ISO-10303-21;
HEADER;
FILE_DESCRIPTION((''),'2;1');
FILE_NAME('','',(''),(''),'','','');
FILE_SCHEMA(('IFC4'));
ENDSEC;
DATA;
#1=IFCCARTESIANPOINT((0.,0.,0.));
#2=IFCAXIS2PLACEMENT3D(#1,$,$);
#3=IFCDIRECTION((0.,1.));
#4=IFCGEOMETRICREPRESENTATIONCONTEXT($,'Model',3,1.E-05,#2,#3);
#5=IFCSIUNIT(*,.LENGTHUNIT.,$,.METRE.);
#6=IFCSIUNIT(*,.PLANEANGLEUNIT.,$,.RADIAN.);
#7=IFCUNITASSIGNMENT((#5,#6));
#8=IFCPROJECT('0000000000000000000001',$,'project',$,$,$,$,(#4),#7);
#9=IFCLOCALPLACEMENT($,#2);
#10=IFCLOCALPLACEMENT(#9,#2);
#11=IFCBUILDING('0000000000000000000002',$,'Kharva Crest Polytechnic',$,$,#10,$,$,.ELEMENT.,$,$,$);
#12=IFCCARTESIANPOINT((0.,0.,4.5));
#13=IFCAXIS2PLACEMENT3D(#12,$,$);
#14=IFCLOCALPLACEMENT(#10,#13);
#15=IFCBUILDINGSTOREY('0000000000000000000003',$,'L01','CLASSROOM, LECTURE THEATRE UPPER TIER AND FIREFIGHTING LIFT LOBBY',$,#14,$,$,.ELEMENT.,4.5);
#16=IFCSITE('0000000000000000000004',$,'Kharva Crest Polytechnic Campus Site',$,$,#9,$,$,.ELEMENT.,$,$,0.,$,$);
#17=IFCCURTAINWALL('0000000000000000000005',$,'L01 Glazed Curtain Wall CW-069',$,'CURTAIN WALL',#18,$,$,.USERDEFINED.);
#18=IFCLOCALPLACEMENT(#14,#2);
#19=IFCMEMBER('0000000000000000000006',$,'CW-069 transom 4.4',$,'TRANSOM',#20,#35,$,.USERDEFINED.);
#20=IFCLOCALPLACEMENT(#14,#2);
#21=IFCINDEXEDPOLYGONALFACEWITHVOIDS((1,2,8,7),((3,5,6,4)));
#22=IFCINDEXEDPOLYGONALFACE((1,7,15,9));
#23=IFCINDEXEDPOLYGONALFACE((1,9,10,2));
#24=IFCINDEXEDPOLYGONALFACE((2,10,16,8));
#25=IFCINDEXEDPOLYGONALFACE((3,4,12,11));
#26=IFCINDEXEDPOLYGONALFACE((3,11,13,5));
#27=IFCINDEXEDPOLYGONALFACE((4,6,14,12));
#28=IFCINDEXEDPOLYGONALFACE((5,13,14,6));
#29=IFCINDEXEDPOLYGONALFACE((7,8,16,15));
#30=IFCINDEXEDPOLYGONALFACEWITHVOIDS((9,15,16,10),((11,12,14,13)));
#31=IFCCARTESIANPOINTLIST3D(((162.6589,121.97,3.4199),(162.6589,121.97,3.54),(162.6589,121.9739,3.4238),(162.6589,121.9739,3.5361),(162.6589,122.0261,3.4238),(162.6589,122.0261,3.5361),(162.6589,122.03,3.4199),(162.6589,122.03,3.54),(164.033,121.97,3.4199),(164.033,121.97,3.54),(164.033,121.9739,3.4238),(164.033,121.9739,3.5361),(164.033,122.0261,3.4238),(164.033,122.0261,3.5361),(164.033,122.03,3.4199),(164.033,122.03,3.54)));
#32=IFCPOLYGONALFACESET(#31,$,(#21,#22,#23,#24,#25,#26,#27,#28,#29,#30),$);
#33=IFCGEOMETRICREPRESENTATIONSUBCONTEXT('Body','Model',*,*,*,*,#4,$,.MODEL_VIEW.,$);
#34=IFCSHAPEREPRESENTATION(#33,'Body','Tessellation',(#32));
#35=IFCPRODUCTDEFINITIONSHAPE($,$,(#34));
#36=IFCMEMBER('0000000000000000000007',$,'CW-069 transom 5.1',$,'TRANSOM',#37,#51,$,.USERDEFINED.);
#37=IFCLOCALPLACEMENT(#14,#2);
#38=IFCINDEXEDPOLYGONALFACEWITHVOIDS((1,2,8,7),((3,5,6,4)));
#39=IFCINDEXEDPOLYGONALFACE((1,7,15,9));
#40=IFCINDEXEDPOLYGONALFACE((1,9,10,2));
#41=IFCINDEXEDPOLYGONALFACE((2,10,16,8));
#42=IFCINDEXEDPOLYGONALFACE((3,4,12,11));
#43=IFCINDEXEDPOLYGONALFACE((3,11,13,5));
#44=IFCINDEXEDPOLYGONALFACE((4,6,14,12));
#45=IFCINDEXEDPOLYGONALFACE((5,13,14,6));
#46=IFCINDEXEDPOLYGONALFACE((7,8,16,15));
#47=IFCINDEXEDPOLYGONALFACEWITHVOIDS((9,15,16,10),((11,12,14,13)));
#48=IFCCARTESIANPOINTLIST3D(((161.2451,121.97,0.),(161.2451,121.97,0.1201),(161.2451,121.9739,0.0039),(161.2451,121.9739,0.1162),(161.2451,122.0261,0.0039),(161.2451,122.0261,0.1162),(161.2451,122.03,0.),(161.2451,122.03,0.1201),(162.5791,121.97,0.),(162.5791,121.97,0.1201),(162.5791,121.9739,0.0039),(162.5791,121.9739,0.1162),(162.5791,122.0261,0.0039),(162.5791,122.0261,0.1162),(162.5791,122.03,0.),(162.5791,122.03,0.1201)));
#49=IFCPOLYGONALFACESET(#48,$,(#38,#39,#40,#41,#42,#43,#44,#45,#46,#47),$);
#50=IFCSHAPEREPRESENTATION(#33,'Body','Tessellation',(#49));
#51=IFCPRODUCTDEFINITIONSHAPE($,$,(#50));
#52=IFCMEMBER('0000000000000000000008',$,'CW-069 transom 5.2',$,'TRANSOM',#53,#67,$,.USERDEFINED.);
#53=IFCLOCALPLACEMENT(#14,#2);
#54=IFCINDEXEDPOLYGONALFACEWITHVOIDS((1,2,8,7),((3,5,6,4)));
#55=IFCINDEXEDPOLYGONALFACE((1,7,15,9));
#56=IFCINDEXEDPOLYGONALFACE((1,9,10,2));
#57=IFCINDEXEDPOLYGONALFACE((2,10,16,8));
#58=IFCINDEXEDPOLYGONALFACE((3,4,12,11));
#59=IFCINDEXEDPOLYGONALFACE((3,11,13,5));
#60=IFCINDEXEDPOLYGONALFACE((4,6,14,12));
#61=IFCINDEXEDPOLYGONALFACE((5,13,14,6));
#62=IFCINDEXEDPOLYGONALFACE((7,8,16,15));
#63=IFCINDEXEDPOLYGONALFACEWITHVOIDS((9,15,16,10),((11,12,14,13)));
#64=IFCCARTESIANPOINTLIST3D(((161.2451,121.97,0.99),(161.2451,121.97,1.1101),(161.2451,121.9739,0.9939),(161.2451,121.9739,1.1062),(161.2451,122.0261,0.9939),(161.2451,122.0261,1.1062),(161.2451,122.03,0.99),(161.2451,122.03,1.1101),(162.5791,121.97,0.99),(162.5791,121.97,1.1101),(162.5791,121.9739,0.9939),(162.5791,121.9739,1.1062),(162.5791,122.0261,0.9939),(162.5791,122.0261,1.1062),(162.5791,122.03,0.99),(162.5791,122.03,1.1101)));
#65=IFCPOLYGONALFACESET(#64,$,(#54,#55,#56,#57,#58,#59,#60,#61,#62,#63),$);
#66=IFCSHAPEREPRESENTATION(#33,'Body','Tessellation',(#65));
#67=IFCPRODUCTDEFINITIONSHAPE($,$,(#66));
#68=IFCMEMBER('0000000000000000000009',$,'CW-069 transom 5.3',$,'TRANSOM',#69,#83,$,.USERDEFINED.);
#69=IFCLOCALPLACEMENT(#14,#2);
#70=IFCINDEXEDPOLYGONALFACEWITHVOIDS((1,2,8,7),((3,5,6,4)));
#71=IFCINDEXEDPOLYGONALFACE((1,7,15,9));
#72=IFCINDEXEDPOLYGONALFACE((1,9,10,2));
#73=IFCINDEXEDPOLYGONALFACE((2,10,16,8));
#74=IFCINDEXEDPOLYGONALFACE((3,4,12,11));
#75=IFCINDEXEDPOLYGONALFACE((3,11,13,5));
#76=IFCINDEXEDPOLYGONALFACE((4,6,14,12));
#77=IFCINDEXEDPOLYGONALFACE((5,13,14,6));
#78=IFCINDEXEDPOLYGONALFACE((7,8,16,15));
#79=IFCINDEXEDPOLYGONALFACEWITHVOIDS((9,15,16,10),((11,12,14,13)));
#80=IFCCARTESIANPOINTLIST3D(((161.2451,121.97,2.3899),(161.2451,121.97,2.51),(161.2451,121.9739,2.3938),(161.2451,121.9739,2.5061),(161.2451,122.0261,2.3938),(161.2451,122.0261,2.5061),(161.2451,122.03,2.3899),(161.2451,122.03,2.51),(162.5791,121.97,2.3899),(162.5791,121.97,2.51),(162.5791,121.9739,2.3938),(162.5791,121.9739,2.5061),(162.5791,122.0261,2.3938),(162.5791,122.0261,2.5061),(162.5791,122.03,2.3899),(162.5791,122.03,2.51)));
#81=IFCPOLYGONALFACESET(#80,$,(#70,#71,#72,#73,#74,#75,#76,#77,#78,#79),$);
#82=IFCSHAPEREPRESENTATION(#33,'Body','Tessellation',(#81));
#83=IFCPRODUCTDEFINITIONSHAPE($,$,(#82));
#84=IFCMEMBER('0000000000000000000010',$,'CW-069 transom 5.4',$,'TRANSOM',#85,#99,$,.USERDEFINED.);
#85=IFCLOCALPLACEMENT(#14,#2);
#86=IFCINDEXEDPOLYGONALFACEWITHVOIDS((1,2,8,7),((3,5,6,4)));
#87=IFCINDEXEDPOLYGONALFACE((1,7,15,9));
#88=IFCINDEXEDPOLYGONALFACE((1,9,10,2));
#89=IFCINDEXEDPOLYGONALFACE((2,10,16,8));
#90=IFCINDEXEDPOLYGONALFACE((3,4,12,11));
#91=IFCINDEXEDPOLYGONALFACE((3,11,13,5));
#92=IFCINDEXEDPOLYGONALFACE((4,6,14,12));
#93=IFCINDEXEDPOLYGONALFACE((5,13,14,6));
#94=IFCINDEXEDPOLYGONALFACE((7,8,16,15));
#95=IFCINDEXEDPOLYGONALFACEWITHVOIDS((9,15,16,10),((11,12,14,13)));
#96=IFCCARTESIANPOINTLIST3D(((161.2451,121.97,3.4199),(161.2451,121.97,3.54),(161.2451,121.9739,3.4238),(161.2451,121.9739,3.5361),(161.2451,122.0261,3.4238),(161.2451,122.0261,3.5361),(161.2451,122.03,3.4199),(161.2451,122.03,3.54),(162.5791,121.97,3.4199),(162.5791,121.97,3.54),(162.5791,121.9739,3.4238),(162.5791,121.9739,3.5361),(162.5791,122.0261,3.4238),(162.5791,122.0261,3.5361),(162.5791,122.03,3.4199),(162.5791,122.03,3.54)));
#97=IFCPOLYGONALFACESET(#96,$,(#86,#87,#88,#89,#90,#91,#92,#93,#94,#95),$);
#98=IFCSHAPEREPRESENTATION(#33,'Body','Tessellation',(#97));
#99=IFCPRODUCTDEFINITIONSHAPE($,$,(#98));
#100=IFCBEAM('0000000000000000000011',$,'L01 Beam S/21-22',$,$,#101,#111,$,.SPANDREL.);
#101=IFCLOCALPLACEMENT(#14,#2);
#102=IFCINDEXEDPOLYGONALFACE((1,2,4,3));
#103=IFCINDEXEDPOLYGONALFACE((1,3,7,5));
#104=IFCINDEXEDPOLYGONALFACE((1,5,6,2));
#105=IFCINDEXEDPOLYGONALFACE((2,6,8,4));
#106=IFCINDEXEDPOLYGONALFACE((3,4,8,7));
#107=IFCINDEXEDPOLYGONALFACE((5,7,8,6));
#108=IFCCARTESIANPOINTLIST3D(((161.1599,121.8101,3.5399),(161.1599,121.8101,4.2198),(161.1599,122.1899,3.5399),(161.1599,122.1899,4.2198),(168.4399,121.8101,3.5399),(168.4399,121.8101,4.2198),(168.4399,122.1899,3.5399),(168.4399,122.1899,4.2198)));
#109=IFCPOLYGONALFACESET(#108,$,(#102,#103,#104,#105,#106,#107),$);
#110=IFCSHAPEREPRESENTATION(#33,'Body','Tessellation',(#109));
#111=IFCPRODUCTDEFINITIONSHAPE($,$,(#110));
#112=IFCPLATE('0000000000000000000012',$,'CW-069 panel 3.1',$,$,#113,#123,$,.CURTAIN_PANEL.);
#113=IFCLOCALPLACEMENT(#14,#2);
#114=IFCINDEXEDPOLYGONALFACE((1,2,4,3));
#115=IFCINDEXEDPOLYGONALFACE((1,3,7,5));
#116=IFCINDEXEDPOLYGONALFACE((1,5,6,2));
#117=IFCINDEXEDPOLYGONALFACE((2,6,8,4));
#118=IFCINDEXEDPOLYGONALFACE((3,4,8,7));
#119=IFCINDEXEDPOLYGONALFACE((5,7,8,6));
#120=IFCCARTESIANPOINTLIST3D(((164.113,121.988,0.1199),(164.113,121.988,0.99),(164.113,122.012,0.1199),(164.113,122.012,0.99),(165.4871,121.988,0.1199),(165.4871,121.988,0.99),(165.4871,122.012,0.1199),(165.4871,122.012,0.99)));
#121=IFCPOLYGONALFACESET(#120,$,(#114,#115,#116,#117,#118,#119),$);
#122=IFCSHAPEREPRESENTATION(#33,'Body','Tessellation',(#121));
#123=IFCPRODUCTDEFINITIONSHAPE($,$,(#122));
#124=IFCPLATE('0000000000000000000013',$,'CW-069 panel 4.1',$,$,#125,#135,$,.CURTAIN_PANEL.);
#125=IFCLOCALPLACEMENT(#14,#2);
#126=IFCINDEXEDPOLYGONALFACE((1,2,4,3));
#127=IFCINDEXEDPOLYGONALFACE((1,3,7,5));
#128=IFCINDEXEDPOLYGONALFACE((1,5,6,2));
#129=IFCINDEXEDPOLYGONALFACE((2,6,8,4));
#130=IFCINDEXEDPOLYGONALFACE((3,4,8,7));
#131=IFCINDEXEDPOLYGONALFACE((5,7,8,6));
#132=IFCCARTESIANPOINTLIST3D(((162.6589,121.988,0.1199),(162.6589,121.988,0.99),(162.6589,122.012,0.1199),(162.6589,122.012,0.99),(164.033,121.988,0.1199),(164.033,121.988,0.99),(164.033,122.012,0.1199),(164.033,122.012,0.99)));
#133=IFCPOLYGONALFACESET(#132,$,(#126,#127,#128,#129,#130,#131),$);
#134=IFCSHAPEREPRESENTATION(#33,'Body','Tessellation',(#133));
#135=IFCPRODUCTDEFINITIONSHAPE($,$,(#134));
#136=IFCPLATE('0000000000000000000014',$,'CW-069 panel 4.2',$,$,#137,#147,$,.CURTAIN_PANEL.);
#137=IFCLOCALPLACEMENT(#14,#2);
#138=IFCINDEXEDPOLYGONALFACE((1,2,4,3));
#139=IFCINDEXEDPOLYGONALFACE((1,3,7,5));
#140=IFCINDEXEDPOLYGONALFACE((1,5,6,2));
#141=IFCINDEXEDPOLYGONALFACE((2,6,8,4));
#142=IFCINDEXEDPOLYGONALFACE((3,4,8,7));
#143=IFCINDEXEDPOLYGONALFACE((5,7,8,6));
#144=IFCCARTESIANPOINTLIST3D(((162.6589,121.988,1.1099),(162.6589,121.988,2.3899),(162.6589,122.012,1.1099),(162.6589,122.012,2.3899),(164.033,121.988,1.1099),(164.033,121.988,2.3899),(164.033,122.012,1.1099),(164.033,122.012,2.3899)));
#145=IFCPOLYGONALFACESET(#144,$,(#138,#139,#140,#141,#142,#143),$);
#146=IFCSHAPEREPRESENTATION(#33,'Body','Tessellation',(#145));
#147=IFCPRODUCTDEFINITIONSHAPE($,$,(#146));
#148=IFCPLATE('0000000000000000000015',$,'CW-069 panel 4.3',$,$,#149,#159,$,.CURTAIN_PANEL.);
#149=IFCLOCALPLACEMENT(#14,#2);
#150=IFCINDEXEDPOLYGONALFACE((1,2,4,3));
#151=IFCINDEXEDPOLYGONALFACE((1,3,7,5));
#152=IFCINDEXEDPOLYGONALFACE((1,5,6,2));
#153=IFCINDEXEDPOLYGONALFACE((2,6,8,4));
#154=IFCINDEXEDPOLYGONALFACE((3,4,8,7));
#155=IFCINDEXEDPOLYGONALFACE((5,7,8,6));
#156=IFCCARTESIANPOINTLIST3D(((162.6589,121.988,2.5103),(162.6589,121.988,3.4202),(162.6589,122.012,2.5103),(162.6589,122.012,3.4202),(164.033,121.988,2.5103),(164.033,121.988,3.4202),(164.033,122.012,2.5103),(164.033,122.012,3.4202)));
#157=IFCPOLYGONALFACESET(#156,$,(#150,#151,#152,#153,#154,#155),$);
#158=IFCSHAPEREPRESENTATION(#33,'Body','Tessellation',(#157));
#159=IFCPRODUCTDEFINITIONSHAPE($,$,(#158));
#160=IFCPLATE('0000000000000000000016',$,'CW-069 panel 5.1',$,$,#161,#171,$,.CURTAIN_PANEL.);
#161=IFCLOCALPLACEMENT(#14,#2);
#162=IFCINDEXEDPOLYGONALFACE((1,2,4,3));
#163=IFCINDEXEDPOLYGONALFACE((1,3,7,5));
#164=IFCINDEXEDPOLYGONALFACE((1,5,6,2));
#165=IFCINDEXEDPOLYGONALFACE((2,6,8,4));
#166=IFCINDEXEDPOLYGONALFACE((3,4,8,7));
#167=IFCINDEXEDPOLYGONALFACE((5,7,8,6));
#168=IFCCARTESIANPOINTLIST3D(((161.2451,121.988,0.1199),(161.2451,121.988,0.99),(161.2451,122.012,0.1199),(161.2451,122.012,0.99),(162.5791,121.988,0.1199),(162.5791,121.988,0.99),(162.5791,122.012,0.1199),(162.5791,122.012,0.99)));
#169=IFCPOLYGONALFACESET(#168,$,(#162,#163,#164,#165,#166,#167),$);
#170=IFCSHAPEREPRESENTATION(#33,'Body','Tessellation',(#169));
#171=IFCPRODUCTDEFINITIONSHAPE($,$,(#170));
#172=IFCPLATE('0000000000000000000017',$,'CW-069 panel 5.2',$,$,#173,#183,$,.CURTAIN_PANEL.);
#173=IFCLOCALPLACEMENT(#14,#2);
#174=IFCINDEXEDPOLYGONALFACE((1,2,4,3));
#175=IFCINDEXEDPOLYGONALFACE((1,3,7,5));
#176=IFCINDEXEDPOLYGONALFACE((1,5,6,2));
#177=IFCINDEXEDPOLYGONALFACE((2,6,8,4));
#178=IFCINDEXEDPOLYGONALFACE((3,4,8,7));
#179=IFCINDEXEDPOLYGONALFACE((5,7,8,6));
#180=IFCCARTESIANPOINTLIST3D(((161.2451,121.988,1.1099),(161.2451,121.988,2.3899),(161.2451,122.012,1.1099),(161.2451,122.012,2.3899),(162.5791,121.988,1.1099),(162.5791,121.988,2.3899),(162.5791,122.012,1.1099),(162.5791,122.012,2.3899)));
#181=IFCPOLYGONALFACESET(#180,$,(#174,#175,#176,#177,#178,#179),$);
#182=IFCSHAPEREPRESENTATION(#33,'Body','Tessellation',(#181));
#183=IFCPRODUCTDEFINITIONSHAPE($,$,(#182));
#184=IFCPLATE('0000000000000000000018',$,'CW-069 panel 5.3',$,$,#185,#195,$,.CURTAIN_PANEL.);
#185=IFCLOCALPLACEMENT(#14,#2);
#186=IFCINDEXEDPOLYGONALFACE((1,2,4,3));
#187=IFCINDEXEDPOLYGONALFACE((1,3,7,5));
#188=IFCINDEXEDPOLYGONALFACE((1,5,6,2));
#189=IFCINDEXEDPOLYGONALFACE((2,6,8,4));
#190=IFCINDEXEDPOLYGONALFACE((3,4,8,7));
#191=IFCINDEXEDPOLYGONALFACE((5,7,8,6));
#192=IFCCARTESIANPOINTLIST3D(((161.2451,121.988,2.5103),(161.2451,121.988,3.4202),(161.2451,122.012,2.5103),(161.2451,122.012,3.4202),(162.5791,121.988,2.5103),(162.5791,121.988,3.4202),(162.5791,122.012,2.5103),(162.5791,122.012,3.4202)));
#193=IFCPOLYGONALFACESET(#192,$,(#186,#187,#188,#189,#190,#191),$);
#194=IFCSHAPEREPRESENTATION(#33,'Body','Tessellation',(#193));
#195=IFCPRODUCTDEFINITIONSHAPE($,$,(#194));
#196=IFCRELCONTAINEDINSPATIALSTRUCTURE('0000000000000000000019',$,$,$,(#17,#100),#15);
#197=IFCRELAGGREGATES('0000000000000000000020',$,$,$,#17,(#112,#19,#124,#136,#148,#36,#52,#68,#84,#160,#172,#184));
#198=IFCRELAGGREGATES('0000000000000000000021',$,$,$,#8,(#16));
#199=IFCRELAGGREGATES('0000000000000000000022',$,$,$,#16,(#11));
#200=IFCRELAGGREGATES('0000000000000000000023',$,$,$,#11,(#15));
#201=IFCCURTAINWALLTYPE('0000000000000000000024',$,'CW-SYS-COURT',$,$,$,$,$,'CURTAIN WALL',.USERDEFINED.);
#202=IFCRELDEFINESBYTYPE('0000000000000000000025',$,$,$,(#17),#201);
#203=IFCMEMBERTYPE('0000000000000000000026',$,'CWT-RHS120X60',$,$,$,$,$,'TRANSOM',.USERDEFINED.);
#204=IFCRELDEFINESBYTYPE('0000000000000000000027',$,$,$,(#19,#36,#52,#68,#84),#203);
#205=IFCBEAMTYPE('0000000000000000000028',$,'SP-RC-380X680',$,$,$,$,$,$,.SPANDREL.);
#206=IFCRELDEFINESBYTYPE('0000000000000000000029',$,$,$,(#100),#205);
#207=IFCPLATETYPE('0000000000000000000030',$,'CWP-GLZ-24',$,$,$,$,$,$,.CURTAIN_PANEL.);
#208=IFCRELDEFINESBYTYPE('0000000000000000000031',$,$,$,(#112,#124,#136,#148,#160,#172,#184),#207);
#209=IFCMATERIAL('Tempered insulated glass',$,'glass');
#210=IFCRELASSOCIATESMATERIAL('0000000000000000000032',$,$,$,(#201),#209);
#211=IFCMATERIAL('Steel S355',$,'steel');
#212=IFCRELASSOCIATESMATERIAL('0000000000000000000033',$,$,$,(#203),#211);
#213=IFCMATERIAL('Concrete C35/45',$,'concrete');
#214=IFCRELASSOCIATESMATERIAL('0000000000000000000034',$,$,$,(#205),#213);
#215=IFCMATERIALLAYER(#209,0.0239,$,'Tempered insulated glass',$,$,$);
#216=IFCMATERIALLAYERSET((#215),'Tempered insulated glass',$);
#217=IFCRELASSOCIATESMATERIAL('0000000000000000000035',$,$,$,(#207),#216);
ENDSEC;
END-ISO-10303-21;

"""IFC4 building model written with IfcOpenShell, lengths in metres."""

from ifc_helpers import new_model, si_unit, direction, frame, origin, origin_2d, place, context, subcontext, project, spatial, rectangle, hollow_rectangle, extrude, material, layer, layer_set, material_profile, profile_set, type_object, element, aggregate, save


model = new_model("IFC4")

# Units and contexts
model_context = context("Model", 3, precision=1e-05, world=origin(), true_north=direction((0.0, 1.0)))
body_context = subcontext(model_context, "Body", "Model", "MODEL_VIEW")
ifc_project = project(units=[si_unit("LENGTHUNIT", "METRE"), si_unit("PLANEANGLEUNIT", "RADIAN")], contexts=[model_context])

# Site, building, storey
site_placement = place(None, origin())
site = spatial("IfcSite", under=ifc_project, at=site_placement, Name="Kharva Crest Polytechnic Campus Site", CompositionType="ELEMENT", RefElevation=0.0)
building_placement = place(site_placement, origin())
building = spatial("IfcBuilding", under=site, at=building_placement, Name="Kharva Crest Polytechnic", CompositionType="ELEMENT")
storey_placement = place(building_placement, frame((0.0, 0.0, 4.5)))
storey = spatial("IfcBuildingStorey", under=building, at=storey_placement, Name="L01", Description="CLASSROOM, LECTURE THEATRE UPPER TIER AND FIREFIGHTING LIFT LOBBY", CompositionType="ELEMENT", Elevation=4.5)

# Shared definitions
ifc_material_1 = material(Name="Concrete C35/45", Category="concrete")

# Curtain wall, members
ifc_material_2 = material(Name="Tempered insulated glass", Category="glass")
curtain_wall_type = type_object("IfcCurtainWallType", Name="CW-SYS-COURT", ElementType="CURTAIN WALL", PredefinedType="USERDEFINED", material=ifc_material_2)
curtain_wall_placement = place(storey_placement, origin())
curtain_wall = element("IfcCurtainWall", 1, at=curtain_wall_placement, inside=storey, type_object=curtain_wall_type, Name="L01 Glazed Curtain Wall CW-069", ObjectType="CURTAIN WALL", PredefinedType="USERDEFINED")
ifc_material_3 = material(Name="Steel S355", Category="steel")
ifc_material_profile_1 = material_profile(ifc_material_3, hollow_rectangle(XDim=0.0601, YDim=0.1201, WallThickness=0.0039, at=origin_2d()), Name="RHS 120X60X4.0")
ifc_profile_set_1 = profile_set([ifc_material_profile_1], Name="Steel S355")
member_type_1 = type_object("IfcMemberType", Name="CWT-RHS120X60", ElementType="TRANSOM", PredefinedType="USERDEFINED", material=ifc_profile_set_1)
member_1_placement = place(storey_placement, frame((164.033, 122.0, 3.48), z_axis=(-1.0, 0.0, 0.0), x_axis=(0.0, -1.0, 0.0)))
member_1 = element("IfcMember", 2, at=member_1_placement, type_object=member_type_1, Name="CW-069 transom 4.4", ObjectType="TRANSOM", PredefinedType="USERDEFINED", context=body_context, shape_type="SweptSolid", body=[
    extrude(hollow_rectangle(XDim=0.0601, YDim=0.1201, WallThickness=0.0039, at=origin_2d()), origin(), (0.0, 0.0, 1.0), 1.374),
])
member_2_placement = place(storey_placement, frame((162.5791, 122.0, 0.0601), z_axis=(-1.0, 0.0, 0.0), x_axis=(0.0, -1.0, 0.0)))
member_2 = element("IfcMember", 3, at=member_2_placement, type_object=member_type_1, Name="CW-069 transom 5.1", ObjectType="TRANSOM", PredefinedType="USERDEFINED", context=body_context, shape_type="SweptSolid", body=[
    extrude(hollow_rectangle(XDim=0.0601, YDim=0.1201, WallThickness=0.0039, at=origin_2d()), origin(), (0.0, 0.0, 1.0), 1.334),
])
member_3_placement = place(storey_placement, frame((162.5791, 122.0, 1.05), z_axis=(-1.0, 0.0, 0.0), x_axis=(0.0, -1.0, 0.0)))
member_3 = element("IfcMember", 4, at=member_3_placement, type_object=member_type_1, Name="CW-069 transom 5.2", ObjectType="TRANSOM", PredefinedType="USERDEFINED", context=body_context, shape_type="SweptSolid", body=[
    extrude(hollow_rectangle(XDim=0.0601, YDim=0.1201, WallThickness=0.0039, at=origin_2d()), origin(), (0.0, 0.0, 1.0), 1.334),
])
member_4_placement = place(storey_placement, frame((162.5791, 122.0, 2.45), z_axis=(-1.0, 0.0, 0.0), x_axis=(0.0, -1.0, 0.0)))
member_4 = element("IfcMember", 5, at=member_4_placement, type_object=member_type_1, Name="CW-069 transom 5.3", ObjectType="TRANSOM", PredefinedType="USERDEFINED", context=body_context, shape_type="SweptSolid", body=[
    extrude(hollow_rectangle(XDim=0.0601, YDim=0.1201, WallThickness=0.0039, at=origin_2d()), origin(), (0.0, 0.0, 1.0), 1.334),
])
member_5_placement = place(storey_placement, frame((162.5791, 122.0, 3.48), z_axis=(-1.0, 0.0, 0.0), x_axis=(0.0, -1.0, 0.0)))
member_5 = element("IfcMember", 6, at=member_5_placement, type_object=member_type_1, Name="CW-069 transom 5.4", ObjectType="TRANSOM", PredefinedType="USERDEFINED", context=body_context, shape_type="SweptSolid", body=[
    extrude(hollow_rectangle(XDim=0.0601, YDim=0.1201, WallThickness=0.0039, at=origin_2d()), origin(), (0.0, 0.0, 1.0), 1.334),
])

# Beam
ifc_material_profile_2 = material_profile(ifc_material_1, rectangle(XDim=0.3799, YDim=0.6799, at=origin_2d()), Name="RECT 380 X 680")
ifc_profile_set_2 = profile_set([ifc_material_profile_2], Name="Concrete C35/45")
beam_type_1 = type_object("IfcBeamType", Name="SP-RC-380X680", PredefinedType="SPANDREL", material=ifc_profile_set_2)
beam_1_placement = place(storey_placement, frame((161.1599, 122.0, 3.8799), z_axis=(1.0, 0.0, 0.0), x_axis=(0.0, 1.0, 0.0)))
element("IfcBeam", 7, at=beam_1_placement, inside=storey, type_object=beam_type_1, Name="L01 Beam S/21-22", PredefinedType="SPANDREL", context=body_context, shape_type="SweptSolid", body=[
    extrude(rectangle(XDim=0.3799, YDim=0.6799, at=origin_2d()), origin(), (0.0, 0.0, 1.0), 7.28),
])

# Plates
ifc_layer = layer(ifc_material_2, 0.0239, Name="Tempered insulated glass")
ifc_layer_set = layer_set([ifc_layer], Name="Tempered insulated glass")
plate_type = type_object("IfcPlateType", Name="CWP-GLZ-24", PredefinedType="CURTAIN_PANEL", material=ifc_layer_set)
plate_1_placement = place(storey_placement, frame((164.8, 122.0, 0.1199), z_axis=(0.0, 0.0, 1.0), x_axis=(-1.0, 0.0, 0.0)))
plate_1 = element("IfcPlate", 8, at=plate_1_placement, type_object=plate_type, Name="CW-069 panel 3.1", PredefinedType="CURTAIN_PANEL", context=body_context, shape_type="SweptSolid", body=[
    extrude(rectangle(XDim=1.374, YDim=0.0239, at=origin_2d()), origin(), (0.0, 0.0, 1.0), 0.8701),
])
plate_2_placement = place(storey_placement, frame((163.3459, 122.0, 0.1199), z_axis=(0.0, 0.0, 1.0), x_axis=(-1.0, 0.0, 0.0)))
plate_2 = element("IfcPlate", 9, at=plate_2_placement, type_object=plate_type, Name="CW-069 panel 4.1", PredefinedType="CURTAIN_PANEL", context=body_context, shape_type="SweptSolid", body=[
    extrude(rectangle(XDim=1.374, YDim=0.0239, at=origin_2d()), origin(), (0.0, 0.0, 1.0), 0.8701),
])
plate_3_placement = place(storey_placement, frame((163.3459, 122.0, 1.1099), z_axis=(0.0, 0.0, 1.0), x_axis=(-1.0, 0.0, 0.0)))
plate_3 = element("IfcPlate", 10, at=plate_3_placement, type_object=plate_type, Name="CW-069 panel 4.2", PredefinedType="CURTAIN_PANEL", context=body_context, shape_type="SweptSolid", body=[
    extrude(rectangle(XDim=1.374, YDim=0.0239, at=origin_2d()), origin(), (0.0, 0.0, 1.0), 1.28),
])
plate_4_placement = place(storey_placement, frame((163.3459, 122.0, 2.5103), z_axis=(0.0, 0.0, 1.0), x_axis=(-1.0, 0.0, 0.0)))
plate_4 = element("IfcPlate", 11, at=plate_4_placement, type_object=plate_type, Name="CW-069 panel 4.3", PredefinedType="CURTAIN_PANEL", context=body_context, shape_type="SweptSolid", body=[
    extrude(rectangle(XDim=1.374, YDim=0.0239, at=origin_2d()), origin(), (0.0, 0.0, 1.0), 0.9099),
])
plate_5_placement = place(storey_placement, frame((161.9121, 122.0, 0.1199), z_axis=(0.0, 0.0, 1.0), x_axis=(-1.0, 0.0, 0.0)))
plate_5 = element("IfcPlate", 12, at=plate_5_placement, type_object=plate_type, Name="CW-069 panel 5.1", PredefinedType="CURTAIN_PANEL", context=body_context, shape_type="SweptSolid", body=[
    extrude(rectangle(XDim=1.334, YDim=0.0239, at=origin_2d()), origin(), (0.0, 0.0, 1.0), 0.8701),
])
plate_6_placement = place(storey_placement, frame((161.9121, 122.0, 1.1099), z_axis=(0.0, 0.0, 1.0), x_axis=(-1.0, 0.0, 0.0)))
plate_6 = element("IfcPlate", 13, at=plate_6_placement, type_object=plate_type, Name="CW-069 panel 5.2", PredefinedType="CURTAIN_PANEL", context=body_context, shape_type="SweptSolid", body=[
    extrude(rectangle(XDim=1.334, YDim=0.0239, at=origin_2d()), origin(), (0.0, 0.0, 1.0), 1.28),
])
plate_7_placement = place(storey_placement, frame((161.9121, 122.0, 2.5103), z_axis=(0.0, 0.0, 1.0), x_axis=(-1.0, 0.0, 0.0)))
plate_7 = element("IfcPlate", 14, at=plate_7_placement, type_object=plate_type, Name="CW-069 panel 5.3", PredefinedType="CURTAIN_PANEL", context=body_context, shape_type="SweptSolid", body=[
    extrude(rectangle(XDim=1.334, YDim=0.0239, at=origin_2d()), origin(), (0.0, 0.0, 1.0), 0.9099),
])
aggregate(curtain_wall, [plate_1, member_1, plate_2, plate_3, plate_4, member_2, member_3, member_4, member_5, plate_5, plate_6, plate_7])

save(model, "model.ifc")
